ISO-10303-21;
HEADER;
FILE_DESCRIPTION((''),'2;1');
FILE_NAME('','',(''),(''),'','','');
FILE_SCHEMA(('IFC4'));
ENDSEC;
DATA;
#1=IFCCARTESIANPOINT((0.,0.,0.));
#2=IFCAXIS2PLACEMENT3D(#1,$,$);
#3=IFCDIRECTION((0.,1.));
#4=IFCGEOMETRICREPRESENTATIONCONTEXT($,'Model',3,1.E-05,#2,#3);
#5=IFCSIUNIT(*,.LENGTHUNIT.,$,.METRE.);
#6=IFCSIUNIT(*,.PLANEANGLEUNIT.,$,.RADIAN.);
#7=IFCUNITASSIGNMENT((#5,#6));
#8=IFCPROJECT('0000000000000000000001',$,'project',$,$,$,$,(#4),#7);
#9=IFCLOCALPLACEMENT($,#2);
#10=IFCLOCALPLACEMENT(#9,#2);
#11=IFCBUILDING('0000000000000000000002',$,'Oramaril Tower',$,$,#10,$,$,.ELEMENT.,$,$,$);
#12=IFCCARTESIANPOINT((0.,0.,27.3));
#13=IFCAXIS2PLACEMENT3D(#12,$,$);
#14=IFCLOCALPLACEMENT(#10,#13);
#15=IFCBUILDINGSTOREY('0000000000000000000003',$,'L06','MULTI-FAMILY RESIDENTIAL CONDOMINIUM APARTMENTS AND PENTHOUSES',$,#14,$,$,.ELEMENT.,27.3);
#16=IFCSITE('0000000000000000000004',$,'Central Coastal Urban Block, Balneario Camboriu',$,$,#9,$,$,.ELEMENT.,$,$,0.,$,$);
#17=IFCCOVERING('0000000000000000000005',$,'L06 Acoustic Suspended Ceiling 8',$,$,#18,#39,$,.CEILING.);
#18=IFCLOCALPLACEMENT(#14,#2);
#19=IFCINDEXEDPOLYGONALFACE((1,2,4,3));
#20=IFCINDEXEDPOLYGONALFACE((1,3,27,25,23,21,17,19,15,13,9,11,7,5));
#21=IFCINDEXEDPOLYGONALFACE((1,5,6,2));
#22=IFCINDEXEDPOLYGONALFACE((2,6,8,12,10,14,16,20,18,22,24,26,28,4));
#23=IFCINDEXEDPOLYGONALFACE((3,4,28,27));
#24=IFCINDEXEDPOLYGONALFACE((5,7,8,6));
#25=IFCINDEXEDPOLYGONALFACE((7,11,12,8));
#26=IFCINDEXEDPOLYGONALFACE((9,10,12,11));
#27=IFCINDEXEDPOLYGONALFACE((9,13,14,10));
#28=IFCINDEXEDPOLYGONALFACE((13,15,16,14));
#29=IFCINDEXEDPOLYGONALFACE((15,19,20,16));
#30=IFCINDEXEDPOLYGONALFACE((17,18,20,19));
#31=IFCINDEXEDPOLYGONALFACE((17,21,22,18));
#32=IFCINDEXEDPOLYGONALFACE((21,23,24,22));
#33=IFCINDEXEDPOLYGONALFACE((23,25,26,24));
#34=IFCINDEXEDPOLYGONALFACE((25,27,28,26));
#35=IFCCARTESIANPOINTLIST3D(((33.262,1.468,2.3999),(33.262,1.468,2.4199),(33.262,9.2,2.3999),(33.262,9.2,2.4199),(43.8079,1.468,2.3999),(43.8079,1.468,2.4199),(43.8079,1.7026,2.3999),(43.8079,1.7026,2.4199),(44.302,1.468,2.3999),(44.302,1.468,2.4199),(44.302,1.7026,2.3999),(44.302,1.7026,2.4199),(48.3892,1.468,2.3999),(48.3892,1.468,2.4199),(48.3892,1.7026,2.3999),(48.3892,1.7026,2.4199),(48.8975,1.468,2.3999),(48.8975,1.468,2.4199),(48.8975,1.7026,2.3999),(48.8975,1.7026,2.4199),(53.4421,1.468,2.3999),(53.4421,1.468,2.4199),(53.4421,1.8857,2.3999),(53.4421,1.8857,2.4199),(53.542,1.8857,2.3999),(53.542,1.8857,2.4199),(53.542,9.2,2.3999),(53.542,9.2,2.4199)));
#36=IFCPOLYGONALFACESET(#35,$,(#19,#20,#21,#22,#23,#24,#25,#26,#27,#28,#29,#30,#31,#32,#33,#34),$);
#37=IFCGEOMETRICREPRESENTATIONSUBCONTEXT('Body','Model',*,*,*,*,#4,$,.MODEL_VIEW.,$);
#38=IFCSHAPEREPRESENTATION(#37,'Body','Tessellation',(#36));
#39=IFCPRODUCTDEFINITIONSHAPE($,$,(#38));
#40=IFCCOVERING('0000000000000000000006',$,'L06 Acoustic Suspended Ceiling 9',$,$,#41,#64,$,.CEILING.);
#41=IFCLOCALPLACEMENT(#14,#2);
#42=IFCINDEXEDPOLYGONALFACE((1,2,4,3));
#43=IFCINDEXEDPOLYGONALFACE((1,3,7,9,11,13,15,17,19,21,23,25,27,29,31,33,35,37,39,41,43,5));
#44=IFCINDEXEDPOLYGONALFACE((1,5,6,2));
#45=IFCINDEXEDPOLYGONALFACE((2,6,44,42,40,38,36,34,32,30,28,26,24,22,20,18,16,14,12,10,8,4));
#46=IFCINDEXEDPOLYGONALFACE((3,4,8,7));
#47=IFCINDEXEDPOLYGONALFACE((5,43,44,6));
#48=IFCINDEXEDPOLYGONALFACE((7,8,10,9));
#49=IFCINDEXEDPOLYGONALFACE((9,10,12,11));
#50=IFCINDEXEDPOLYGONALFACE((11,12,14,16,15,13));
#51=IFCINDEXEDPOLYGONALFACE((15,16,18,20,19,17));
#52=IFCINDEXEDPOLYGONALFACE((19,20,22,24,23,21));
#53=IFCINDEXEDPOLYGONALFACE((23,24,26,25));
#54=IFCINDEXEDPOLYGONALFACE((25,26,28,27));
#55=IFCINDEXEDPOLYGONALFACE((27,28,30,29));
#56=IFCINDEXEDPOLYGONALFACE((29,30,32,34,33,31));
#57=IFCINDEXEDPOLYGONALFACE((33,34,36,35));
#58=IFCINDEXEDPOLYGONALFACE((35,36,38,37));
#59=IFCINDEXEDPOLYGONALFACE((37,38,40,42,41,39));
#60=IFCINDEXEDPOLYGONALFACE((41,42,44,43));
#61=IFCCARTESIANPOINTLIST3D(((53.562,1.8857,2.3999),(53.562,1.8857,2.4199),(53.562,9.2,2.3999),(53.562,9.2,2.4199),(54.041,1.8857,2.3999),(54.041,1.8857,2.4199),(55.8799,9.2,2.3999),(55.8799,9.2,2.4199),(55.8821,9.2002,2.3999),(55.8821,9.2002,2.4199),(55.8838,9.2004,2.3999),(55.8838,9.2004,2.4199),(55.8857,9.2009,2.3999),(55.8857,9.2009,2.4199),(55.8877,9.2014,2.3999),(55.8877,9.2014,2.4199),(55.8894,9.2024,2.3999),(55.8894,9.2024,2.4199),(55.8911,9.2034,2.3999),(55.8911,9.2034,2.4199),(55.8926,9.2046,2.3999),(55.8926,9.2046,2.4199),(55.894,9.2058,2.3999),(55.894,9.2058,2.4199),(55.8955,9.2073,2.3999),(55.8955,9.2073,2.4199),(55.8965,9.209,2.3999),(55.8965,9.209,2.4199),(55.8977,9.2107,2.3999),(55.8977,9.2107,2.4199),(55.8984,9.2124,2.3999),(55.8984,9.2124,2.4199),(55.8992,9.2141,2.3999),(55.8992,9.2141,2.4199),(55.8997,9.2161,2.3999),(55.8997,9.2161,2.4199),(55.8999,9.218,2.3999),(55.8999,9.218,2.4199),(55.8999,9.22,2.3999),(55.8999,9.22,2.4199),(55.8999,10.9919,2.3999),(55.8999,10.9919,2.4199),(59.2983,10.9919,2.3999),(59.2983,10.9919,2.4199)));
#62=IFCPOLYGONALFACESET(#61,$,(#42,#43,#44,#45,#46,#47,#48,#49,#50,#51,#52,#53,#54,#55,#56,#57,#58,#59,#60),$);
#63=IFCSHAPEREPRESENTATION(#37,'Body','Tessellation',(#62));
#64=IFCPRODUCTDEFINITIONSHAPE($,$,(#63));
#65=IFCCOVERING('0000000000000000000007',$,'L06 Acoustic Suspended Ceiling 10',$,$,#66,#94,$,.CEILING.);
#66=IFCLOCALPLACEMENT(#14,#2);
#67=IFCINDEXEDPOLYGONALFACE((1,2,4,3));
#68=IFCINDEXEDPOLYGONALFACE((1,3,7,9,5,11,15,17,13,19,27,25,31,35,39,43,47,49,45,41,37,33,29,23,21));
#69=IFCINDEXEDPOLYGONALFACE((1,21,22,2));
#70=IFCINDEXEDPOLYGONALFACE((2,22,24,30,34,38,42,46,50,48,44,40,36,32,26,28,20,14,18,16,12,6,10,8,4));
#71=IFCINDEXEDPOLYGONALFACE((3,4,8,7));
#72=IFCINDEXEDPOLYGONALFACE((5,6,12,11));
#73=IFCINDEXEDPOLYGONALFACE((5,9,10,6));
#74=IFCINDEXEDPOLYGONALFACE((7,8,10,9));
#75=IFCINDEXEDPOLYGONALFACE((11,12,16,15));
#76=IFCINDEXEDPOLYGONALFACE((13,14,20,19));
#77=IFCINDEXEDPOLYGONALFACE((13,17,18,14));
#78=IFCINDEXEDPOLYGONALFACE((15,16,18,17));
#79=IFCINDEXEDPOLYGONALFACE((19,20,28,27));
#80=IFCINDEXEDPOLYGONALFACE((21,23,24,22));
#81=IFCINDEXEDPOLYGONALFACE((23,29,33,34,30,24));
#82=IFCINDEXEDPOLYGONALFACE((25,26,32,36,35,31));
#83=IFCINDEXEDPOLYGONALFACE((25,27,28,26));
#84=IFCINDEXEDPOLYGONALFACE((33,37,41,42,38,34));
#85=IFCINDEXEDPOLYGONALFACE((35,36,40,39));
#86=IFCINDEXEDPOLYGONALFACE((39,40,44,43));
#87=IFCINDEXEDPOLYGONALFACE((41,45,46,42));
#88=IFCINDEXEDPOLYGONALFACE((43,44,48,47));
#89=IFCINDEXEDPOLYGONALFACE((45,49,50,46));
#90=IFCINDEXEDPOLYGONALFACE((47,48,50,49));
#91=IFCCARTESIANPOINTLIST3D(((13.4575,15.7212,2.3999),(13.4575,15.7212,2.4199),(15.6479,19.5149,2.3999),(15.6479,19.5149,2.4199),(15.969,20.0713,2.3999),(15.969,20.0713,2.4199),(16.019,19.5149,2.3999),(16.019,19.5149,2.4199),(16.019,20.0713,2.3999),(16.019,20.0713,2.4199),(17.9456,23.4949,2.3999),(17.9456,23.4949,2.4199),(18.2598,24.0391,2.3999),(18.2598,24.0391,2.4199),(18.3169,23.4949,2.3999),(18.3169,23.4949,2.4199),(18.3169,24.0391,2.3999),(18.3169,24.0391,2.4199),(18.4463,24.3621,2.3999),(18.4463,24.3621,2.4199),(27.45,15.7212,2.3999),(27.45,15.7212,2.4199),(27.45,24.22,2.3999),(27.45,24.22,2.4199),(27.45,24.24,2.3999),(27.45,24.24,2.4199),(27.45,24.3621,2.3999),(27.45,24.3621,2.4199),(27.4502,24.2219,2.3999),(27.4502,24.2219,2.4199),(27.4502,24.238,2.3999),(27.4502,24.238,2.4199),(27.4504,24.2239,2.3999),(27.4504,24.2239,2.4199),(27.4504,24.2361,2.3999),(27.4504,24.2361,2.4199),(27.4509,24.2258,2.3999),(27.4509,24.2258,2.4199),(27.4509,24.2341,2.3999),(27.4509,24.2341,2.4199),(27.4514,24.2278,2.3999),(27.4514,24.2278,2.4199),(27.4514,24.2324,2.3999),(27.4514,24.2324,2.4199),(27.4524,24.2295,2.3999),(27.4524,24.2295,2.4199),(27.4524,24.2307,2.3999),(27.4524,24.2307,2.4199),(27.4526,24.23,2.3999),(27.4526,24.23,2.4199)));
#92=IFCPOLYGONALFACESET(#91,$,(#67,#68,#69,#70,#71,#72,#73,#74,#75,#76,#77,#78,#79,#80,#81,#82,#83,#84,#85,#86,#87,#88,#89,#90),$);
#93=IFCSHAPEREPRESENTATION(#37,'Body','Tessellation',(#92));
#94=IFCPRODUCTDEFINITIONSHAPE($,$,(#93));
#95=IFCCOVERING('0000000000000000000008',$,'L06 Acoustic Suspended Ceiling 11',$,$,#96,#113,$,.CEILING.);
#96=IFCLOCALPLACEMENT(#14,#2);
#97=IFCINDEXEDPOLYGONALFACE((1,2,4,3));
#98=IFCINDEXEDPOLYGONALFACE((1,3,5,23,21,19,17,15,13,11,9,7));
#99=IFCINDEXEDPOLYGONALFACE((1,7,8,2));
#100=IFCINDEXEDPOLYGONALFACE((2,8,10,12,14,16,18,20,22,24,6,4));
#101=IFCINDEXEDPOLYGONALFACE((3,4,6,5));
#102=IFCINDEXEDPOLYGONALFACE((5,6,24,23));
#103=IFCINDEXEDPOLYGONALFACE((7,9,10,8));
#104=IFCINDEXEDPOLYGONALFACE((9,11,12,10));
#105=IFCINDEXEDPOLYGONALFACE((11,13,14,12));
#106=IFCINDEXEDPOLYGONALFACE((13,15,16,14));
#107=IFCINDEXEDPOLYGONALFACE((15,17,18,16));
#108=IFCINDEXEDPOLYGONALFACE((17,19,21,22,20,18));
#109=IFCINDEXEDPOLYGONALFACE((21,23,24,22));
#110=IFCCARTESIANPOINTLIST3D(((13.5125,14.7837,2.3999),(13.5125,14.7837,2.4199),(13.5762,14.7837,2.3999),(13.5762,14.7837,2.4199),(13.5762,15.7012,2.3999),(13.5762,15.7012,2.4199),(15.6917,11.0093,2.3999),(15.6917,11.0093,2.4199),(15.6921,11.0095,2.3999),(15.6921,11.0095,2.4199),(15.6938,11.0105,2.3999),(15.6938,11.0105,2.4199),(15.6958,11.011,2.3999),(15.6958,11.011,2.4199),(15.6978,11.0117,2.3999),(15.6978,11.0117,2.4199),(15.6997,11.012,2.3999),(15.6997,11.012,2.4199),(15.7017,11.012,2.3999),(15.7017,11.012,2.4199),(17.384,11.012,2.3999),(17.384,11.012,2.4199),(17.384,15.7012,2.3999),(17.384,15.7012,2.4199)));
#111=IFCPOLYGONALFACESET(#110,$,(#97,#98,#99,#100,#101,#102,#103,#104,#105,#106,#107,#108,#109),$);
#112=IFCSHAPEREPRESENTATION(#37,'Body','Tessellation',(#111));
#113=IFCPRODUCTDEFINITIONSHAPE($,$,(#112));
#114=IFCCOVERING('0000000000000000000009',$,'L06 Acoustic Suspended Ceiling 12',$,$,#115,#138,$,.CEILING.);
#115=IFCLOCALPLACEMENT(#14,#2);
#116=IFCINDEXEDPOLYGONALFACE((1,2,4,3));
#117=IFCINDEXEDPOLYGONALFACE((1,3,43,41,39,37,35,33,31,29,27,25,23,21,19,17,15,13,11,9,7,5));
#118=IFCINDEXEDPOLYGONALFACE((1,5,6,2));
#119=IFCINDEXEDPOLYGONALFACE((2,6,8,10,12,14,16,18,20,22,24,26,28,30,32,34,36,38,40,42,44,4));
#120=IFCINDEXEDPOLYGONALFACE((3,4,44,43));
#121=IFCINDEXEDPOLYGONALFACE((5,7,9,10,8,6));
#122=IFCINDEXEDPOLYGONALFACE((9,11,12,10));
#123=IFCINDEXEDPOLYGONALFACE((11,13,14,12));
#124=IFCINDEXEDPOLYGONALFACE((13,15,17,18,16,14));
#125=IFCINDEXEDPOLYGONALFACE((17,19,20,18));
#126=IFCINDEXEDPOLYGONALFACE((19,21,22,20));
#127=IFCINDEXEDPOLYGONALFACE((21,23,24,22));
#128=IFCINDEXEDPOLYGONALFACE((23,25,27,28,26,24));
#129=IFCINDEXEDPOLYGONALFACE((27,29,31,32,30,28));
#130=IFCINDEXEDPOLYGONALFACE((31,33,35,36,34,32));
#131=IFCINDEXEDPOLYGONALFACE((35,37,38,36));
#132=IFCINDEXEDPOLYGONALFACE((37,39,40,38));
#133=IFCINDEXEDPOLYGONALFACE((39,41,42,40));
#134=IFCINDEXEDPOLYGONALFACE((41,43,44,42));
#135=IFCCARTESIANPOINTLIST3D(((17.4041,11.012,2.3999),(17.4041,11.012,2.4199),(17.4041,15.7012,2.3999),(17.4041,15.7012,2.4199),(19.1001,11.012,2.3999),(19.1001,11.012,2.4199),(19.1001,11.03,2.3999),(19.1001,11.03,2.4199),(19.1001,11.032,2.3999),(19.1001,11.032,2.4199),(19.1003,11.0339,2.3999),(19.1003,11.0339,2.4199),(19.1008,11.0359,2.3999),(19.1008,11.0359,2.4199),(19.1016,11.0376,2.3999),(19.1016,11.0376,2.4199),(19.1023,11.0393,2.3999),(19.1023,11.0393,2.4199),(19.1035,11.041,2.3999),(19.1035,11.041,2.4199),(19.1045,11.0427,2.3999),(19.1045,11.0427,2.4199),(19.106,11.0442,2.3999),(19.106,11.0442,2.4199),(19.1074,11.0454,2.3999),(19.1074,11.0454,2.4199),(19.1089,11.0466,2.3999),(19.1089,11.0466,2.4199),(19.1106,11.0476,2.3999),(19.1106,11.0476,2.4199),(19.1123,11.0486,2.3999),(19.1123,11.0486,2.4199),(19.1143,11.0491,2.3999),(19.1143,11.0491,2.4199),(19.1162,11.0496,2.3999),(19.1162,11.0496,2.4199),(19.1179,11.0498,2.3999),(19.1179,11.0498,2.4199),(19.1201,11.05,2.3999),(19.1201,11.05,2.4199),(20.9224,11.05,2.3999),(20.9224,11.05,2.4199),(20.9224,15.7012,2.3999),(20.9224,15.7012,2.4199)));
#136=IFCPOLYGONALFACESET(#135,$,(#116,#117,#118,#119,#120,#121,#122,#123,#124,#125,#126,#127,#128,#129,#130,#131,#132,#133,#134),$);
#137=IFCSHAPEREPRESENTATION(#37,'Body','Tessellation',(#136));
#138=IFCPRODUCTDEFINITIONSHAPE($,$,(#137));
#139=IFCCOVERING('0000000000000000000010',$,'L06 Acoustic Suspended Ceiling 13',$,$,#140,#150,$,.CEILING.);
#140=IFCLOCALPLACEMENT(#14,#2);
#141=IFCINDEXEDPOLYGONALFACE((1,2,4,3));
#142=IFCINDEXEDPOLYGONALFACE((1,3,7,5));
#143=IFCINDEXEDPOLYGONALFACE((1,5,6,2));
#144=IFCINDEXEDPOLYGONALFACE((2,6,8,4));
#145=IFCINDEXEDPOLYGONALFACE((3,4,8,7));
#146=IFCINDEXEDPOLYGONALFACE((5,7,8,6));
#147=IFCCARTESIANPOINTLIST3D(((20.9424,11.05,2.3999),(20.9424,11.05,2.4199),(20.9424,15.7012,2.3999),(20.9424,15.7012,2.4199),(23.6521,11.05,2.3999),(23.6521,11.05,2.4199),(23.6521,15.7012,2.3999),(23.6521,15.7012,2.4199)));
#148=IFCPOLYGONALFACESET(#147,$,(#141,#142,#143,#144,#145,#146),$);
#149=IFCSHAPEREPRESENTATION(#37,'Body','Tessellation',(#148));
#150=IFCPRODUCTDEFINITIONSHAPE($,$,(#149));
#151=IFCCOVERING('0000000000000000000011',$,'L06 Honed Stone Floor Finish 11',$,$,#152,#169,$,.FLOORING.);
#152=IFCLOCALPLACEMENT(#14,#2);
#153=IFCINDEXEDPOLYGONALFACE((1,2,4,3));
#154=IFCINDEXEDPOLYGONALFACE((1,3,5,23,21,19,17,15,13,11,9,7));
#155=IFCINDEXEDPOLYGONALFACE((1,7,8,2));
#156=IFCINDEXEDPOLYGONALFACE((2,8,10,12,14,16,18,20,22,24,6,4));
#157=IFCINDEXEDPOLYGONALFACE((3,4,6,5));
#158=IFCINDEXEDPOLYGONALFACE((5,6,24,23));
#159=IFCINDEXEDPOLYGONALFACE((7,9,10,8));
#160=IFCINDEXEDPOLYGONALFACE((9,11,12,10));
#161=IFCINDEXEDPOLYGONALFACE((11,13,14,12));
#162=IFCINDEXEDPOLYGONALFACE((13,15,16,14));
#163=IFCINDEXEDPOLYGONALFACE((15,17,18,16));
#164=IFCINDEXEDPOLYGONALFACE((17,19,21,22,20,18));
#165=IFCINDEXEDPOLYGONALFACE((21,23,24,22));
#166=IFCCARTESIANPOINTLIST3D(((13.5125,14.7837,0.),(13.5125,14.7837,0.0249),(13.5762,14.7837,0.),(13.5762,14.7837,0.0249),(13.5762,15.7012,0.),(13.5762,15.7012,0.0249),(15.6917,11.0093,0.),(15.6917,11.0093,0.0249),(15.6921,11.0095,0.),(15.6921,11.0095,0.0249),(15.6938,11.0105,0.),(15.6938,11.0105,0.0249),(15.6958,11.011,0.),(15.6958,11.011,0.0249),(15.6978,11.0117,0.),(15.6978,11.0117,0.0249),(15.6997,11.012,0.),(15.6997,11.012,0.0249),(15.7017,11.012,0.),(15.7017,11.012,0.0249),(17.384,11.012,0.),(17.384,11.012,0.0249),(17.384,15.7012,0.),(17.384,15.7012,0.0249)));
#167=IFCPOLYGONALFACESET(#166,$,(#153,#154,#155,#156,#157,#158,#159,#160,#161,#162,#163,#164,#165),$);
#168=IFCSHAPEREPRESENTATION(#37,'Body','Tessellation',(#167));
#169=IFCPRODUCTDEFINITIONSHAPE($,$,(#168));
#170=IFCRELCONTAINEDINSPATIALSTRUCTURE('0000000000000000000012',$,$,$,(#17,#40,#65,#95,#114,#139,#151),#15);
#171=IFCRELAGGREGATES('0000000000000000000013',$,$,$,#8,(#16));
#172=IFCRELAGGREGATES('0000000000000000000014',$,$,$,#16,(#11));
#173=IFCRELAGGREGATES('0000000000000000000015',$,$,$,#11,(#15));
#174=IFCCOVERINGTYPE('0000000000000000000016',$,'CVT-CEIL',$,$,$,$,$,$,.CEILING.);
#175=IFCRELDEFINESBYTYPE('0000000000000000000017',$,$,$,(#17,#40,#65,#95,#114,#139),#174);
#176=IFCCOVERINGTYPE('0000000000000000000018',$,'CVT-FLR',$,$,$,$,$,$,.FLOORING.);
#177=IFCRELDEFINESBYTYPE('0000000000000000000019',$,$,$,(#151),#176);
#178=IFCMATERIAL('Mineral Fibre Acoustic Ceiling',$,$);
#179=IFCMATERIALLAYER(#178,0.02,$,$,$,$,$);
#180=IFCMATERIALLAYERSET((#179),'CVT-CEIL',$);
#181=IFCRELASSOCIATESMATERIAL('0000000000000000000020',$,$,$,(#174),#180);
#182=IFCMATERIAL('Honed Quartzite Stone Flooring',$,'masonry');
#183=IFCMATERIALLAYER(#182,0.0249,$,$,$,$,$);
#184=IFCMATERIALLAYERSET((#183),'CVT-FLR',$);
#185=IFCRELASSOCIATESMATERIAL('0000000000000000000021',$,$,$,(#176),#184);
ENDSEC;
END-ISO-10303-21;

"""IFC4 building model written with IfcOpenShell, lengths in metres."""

from ifc_helpers import new_model, si_unit, direction, frame, origin, place, context, subcontext, project, spatial, polyline, outline, extrude, material, layer, layer_set, type_object, element, save


model = new_model("IFC4")

# Units and contexts
model_context = context("Model", 3, precision=1e-05, world=origin(), true_north=direction((0.0, 1.0)))
body_context = subcontext(model_context, "Body", "Model", "MODEL_VIEW")
ifc_project = project(units=[si_unit("LENGTHUNIT", "METRE"), si_unit("PLANEANGLEUNIT", "RADIAN")], contexts=[model_context])

# Site, building, storey
site_placement = place(None, origin())
site = spatial("IfcSite", under=ifc_project, at=site_placement, Name="Central Coastal Urban Block, Balneario Camboriu", CompositionType="ELEMENT", RefElevation=0.0)
building_placement = place(site_placement, origin())
building = spatial("IfcBuilding", under=site, at=building_placement, Name="Oramaril Tower", CompositionType="ELEMENT")
storey_placement = place(building_placement, frame((0.0, 0.0, 27.3)))
storey = spatial("IfcBuildingStorey", under=building, at=storey_placement, Name="L06", Description="MULTI-FAMILY RESIDENTIAL CONDOMINIUM APARTMENTS AND PENTHOUSES", CompositionType="ELEMENT", Elevation=27.3)

# Coverings
ifc_material_1 = material(Name="Mineral Fibre Acoustic Ceiling")
ifc_layer_1 = layer(ifc_material_1, 0.02)
ifc_layer_set_1 = layer_set([ifc_layer_1], Name="CVT-CEIL")
covering_type_1 = type_object("IfcCoveringType", Name="CVT-CEIL", PredefinedType="CEILING", material=ifc_layer_set_1)
covering_1_placement = place(storey_placement, frame((0.0, 0.0, 2.3999)))
element("IfcCovering", 1, at=covering_1_placement, inside=storey, type_object=covering_type_1, Name="L06 Acoustic Suspended Ceiling 8", PredefinedType="CEILING", context=body_context, shape_type="SweptSolid", body=[
    extrude(outline(polyline([(53.4421, 1.8857), (53.4421, 1.468), (48.8975, 1.468), (48.8975, 1.7026), (48.3892, 1.7026), (48.3892, 1.468), (44.302, 1.468), (44.302, 1.7026), (43.8079, 1.7026), (43.8079, 1.468), (33.262, 1.468), (33.262, 9.2), (53.542, 9.2), (53.542, 1.8857), (53.4421, 1.8857)])), origin(), (0.0, 0.0, 1.0), 0.02),
])
covering_2_placement = place(storey_placement, frame((0.0, 0.0, 2.3999)))
element("IfcCovering", 2, at=covering_2_placement, inside=storey, type_object=covering_type_1, Name="L06 Acoustic Suspended Ceiling 9", PredefinedType="CEILING", context=body_context, shape_type="SweptSolid", body=[
    extrude(outline(polyline([(59.2983, 10.9919), (54.041, 1.8857), (53.562, 1.8857), (53.562, 9.2), (55.8799, 9.2), (55.8821, 9.2002), (55.8838, 9.2004), (55.8857, 9.2009), (55.8877, 9.2014), (55.8894, 9.2024), (55.8911, 9.2034), (55.8926, 9.2046), (55.894, 9.2058), (55.8955, 9.2073), (55.8965, 9.209), (55.8977, 9.2107), (55.8984, 9.2124), (55.8992, 9.2141), (55.8997, 9.2161), (55.8999, 9.218), (55.8999, 9.22), (55.8999, 10.9919), (59.2983, 10.9919)])), origin(), (0.0, 0.0, 1.0), 0.02),
])
covering_3_placement = place(storey_placement, frame((0.0, 0.0, 2.3999)))
element("IfcCovering", 3, at=covering_3_placement, inside=storey, type_object=covering_type_1, Name="L06 Acoustic Suspended Ceiling 10", PredefinedType="CEILING", context=body_context, shape_type="SweptSolid", body=[
    extrude(outline(polyline([(13.4575, 15.7212), (15.6479, 19.5149), (16.019, 19.5149), (16.019, 20.0713), (15.969, 20.0713), (17.9456, 23.4949), (18.3169, 23.4949), (18.3169, 24.0391), (18.2598, 24.0391), (18.4463, 24.3621), (27.45, 24.3621), (27.45, 24.24), (27.4502, 24.238), (27.4504, 24.2361), (27.4509, 24.2341), (27.4514, 24.2324), (27.4524, 24.2307), (27.4526, 24.23), (27.4524, 24.2295), (27.4514, 24.2278), (27.4509, 24.2258), (27.4504, 24.2239), (27.4502, 24.2219), (27.45, 24.22), (27.45, 15.7212), (13.4575, 15.7212)])), origin(), (0.0, 0.0, 1.0), 0.02),
])
covering_4_placement = place(storey_placement, frame((0.0, 0.0, 2.3999)))
element("IfcCovering", 4, at=covering_4_placement, inside=storey, type_object=covering_type_1, Name="L06 Acoustic Suspended Ceiling 11", PredefinedType="CEILING", context=body_context, shape_type="SweptSolid", body=[
    extrude(outline(polyline([(13.5125, 14.7837), (13.5762, 14.7837), (13.5762, 15.7012), (17.384, 15.7012), (17.384, 11.012), (15.7017, 11.012), (15.6997, 11.012), (15.6978, 11.0117), (15.6958, 11.011), (15.6938, 11.0105), (15.6921, 11.0095), (15.6917, 11.0093), (13.5125, 14.7837)])), origin(), (0.0, 0.0, 1.0), 0.02),
])
covering_5_placement = place(storey_placement, frame((0.0, 0.0, 2.3999)))
element("IfcCovering", 5, at=covering_5_placement, inside=storey, type_object=covering_type_1, Name="L06 Acoustic Suspended Ceiling 12", PredefinedType="CEILING", context=body_context, shape_type="SweptSolid", body=[
    extrude(outline(polyline([(20.9224, 11.05), (19.1201, 11.05), (19.1179, 11.0498), (19.1162, 11.0496), (19.1143, 11.0491), (19.1123, 11.0486), (19.1106, 11.0476), (19.1089, 11.0466), (19.1074, 11.0454), (19.106, 11.0442), (19.1045, 11.0427), (19.1035, 11.041), (19.1023, 11.0393), (19.1016, 11.0376), (19.1008, 11.0359), (19.1003, 11.0339), (19.1001, 11.032), (19.1001, 11.03), (19.1001, 11.012), (17.4041, 11.012), (17.4041, 15.7012), (20.9224, 15.7012), (20.9224, 11.05)])), origin(), (0.0, 0.0, 1.0), 0.02),
])
covering_6_placement = place(storey_placement, frame((0.0, 0.0, 2.3999)))
element("IfcCovering", 6, at=covering_6_placement, inside=storey, type_object=covering_type_1, Name="L06 Acoustic Suspended Ceiling 13", PredefinedType="CEILING", context=body_context, shape_type="SweptSolid", body=[
    extrude(outline(polyline([(23.6521, 11.05), (20.9424, 11.05), (20.9424, 15.7012), (23.6521, 15.7012), (23.6521, 11.05)])), origin(), (0.0, 0.0, 1.0), 0.02),
])
ifc_material_2 = material(Name="Honed Quartzite Stone Flooring", Category="masonry")
ifc_layer_2 = layer(ifc_material_2, 0.0249)
ifc_layer_set_2 = layer_set([ifc_layer_2], Name="CVT-FLR")
covering_type_2 = type_object("IfcCoveringType", Name="CVT-FLR", PredefinedType="FLOORING", material=ifc_layer_set_2)
covering_7_placement = place(storey_placement, origin())
element("IfcCovering", 7, at=covering_7_placement, inside=storey, type_object=covering_type_2, Name="L06 Honed Stone Floor Finish 11", PredefinedType="FLOORING", context=body_context, shape_type="SweptSolid", body=[
    extrude(outline(polyline([(13.5125, 14.7837), (13.5762, 14.7837), (13.5762, 15.7012), (17.384, 15.7012), (17.384, 11.012), (15.7017, 11.012), (15.6997, 11.012), (15.6978, 11.0117), (15.6958, 11.011), (15.6938, 11.0105), (15.6921, 11.0095), (15.6917, 11.0093), (13.5125, 14.7837)])), origin(), (0.0, 0.0, 1.0), 0.0249),
])

save(model, "model.ifc")
